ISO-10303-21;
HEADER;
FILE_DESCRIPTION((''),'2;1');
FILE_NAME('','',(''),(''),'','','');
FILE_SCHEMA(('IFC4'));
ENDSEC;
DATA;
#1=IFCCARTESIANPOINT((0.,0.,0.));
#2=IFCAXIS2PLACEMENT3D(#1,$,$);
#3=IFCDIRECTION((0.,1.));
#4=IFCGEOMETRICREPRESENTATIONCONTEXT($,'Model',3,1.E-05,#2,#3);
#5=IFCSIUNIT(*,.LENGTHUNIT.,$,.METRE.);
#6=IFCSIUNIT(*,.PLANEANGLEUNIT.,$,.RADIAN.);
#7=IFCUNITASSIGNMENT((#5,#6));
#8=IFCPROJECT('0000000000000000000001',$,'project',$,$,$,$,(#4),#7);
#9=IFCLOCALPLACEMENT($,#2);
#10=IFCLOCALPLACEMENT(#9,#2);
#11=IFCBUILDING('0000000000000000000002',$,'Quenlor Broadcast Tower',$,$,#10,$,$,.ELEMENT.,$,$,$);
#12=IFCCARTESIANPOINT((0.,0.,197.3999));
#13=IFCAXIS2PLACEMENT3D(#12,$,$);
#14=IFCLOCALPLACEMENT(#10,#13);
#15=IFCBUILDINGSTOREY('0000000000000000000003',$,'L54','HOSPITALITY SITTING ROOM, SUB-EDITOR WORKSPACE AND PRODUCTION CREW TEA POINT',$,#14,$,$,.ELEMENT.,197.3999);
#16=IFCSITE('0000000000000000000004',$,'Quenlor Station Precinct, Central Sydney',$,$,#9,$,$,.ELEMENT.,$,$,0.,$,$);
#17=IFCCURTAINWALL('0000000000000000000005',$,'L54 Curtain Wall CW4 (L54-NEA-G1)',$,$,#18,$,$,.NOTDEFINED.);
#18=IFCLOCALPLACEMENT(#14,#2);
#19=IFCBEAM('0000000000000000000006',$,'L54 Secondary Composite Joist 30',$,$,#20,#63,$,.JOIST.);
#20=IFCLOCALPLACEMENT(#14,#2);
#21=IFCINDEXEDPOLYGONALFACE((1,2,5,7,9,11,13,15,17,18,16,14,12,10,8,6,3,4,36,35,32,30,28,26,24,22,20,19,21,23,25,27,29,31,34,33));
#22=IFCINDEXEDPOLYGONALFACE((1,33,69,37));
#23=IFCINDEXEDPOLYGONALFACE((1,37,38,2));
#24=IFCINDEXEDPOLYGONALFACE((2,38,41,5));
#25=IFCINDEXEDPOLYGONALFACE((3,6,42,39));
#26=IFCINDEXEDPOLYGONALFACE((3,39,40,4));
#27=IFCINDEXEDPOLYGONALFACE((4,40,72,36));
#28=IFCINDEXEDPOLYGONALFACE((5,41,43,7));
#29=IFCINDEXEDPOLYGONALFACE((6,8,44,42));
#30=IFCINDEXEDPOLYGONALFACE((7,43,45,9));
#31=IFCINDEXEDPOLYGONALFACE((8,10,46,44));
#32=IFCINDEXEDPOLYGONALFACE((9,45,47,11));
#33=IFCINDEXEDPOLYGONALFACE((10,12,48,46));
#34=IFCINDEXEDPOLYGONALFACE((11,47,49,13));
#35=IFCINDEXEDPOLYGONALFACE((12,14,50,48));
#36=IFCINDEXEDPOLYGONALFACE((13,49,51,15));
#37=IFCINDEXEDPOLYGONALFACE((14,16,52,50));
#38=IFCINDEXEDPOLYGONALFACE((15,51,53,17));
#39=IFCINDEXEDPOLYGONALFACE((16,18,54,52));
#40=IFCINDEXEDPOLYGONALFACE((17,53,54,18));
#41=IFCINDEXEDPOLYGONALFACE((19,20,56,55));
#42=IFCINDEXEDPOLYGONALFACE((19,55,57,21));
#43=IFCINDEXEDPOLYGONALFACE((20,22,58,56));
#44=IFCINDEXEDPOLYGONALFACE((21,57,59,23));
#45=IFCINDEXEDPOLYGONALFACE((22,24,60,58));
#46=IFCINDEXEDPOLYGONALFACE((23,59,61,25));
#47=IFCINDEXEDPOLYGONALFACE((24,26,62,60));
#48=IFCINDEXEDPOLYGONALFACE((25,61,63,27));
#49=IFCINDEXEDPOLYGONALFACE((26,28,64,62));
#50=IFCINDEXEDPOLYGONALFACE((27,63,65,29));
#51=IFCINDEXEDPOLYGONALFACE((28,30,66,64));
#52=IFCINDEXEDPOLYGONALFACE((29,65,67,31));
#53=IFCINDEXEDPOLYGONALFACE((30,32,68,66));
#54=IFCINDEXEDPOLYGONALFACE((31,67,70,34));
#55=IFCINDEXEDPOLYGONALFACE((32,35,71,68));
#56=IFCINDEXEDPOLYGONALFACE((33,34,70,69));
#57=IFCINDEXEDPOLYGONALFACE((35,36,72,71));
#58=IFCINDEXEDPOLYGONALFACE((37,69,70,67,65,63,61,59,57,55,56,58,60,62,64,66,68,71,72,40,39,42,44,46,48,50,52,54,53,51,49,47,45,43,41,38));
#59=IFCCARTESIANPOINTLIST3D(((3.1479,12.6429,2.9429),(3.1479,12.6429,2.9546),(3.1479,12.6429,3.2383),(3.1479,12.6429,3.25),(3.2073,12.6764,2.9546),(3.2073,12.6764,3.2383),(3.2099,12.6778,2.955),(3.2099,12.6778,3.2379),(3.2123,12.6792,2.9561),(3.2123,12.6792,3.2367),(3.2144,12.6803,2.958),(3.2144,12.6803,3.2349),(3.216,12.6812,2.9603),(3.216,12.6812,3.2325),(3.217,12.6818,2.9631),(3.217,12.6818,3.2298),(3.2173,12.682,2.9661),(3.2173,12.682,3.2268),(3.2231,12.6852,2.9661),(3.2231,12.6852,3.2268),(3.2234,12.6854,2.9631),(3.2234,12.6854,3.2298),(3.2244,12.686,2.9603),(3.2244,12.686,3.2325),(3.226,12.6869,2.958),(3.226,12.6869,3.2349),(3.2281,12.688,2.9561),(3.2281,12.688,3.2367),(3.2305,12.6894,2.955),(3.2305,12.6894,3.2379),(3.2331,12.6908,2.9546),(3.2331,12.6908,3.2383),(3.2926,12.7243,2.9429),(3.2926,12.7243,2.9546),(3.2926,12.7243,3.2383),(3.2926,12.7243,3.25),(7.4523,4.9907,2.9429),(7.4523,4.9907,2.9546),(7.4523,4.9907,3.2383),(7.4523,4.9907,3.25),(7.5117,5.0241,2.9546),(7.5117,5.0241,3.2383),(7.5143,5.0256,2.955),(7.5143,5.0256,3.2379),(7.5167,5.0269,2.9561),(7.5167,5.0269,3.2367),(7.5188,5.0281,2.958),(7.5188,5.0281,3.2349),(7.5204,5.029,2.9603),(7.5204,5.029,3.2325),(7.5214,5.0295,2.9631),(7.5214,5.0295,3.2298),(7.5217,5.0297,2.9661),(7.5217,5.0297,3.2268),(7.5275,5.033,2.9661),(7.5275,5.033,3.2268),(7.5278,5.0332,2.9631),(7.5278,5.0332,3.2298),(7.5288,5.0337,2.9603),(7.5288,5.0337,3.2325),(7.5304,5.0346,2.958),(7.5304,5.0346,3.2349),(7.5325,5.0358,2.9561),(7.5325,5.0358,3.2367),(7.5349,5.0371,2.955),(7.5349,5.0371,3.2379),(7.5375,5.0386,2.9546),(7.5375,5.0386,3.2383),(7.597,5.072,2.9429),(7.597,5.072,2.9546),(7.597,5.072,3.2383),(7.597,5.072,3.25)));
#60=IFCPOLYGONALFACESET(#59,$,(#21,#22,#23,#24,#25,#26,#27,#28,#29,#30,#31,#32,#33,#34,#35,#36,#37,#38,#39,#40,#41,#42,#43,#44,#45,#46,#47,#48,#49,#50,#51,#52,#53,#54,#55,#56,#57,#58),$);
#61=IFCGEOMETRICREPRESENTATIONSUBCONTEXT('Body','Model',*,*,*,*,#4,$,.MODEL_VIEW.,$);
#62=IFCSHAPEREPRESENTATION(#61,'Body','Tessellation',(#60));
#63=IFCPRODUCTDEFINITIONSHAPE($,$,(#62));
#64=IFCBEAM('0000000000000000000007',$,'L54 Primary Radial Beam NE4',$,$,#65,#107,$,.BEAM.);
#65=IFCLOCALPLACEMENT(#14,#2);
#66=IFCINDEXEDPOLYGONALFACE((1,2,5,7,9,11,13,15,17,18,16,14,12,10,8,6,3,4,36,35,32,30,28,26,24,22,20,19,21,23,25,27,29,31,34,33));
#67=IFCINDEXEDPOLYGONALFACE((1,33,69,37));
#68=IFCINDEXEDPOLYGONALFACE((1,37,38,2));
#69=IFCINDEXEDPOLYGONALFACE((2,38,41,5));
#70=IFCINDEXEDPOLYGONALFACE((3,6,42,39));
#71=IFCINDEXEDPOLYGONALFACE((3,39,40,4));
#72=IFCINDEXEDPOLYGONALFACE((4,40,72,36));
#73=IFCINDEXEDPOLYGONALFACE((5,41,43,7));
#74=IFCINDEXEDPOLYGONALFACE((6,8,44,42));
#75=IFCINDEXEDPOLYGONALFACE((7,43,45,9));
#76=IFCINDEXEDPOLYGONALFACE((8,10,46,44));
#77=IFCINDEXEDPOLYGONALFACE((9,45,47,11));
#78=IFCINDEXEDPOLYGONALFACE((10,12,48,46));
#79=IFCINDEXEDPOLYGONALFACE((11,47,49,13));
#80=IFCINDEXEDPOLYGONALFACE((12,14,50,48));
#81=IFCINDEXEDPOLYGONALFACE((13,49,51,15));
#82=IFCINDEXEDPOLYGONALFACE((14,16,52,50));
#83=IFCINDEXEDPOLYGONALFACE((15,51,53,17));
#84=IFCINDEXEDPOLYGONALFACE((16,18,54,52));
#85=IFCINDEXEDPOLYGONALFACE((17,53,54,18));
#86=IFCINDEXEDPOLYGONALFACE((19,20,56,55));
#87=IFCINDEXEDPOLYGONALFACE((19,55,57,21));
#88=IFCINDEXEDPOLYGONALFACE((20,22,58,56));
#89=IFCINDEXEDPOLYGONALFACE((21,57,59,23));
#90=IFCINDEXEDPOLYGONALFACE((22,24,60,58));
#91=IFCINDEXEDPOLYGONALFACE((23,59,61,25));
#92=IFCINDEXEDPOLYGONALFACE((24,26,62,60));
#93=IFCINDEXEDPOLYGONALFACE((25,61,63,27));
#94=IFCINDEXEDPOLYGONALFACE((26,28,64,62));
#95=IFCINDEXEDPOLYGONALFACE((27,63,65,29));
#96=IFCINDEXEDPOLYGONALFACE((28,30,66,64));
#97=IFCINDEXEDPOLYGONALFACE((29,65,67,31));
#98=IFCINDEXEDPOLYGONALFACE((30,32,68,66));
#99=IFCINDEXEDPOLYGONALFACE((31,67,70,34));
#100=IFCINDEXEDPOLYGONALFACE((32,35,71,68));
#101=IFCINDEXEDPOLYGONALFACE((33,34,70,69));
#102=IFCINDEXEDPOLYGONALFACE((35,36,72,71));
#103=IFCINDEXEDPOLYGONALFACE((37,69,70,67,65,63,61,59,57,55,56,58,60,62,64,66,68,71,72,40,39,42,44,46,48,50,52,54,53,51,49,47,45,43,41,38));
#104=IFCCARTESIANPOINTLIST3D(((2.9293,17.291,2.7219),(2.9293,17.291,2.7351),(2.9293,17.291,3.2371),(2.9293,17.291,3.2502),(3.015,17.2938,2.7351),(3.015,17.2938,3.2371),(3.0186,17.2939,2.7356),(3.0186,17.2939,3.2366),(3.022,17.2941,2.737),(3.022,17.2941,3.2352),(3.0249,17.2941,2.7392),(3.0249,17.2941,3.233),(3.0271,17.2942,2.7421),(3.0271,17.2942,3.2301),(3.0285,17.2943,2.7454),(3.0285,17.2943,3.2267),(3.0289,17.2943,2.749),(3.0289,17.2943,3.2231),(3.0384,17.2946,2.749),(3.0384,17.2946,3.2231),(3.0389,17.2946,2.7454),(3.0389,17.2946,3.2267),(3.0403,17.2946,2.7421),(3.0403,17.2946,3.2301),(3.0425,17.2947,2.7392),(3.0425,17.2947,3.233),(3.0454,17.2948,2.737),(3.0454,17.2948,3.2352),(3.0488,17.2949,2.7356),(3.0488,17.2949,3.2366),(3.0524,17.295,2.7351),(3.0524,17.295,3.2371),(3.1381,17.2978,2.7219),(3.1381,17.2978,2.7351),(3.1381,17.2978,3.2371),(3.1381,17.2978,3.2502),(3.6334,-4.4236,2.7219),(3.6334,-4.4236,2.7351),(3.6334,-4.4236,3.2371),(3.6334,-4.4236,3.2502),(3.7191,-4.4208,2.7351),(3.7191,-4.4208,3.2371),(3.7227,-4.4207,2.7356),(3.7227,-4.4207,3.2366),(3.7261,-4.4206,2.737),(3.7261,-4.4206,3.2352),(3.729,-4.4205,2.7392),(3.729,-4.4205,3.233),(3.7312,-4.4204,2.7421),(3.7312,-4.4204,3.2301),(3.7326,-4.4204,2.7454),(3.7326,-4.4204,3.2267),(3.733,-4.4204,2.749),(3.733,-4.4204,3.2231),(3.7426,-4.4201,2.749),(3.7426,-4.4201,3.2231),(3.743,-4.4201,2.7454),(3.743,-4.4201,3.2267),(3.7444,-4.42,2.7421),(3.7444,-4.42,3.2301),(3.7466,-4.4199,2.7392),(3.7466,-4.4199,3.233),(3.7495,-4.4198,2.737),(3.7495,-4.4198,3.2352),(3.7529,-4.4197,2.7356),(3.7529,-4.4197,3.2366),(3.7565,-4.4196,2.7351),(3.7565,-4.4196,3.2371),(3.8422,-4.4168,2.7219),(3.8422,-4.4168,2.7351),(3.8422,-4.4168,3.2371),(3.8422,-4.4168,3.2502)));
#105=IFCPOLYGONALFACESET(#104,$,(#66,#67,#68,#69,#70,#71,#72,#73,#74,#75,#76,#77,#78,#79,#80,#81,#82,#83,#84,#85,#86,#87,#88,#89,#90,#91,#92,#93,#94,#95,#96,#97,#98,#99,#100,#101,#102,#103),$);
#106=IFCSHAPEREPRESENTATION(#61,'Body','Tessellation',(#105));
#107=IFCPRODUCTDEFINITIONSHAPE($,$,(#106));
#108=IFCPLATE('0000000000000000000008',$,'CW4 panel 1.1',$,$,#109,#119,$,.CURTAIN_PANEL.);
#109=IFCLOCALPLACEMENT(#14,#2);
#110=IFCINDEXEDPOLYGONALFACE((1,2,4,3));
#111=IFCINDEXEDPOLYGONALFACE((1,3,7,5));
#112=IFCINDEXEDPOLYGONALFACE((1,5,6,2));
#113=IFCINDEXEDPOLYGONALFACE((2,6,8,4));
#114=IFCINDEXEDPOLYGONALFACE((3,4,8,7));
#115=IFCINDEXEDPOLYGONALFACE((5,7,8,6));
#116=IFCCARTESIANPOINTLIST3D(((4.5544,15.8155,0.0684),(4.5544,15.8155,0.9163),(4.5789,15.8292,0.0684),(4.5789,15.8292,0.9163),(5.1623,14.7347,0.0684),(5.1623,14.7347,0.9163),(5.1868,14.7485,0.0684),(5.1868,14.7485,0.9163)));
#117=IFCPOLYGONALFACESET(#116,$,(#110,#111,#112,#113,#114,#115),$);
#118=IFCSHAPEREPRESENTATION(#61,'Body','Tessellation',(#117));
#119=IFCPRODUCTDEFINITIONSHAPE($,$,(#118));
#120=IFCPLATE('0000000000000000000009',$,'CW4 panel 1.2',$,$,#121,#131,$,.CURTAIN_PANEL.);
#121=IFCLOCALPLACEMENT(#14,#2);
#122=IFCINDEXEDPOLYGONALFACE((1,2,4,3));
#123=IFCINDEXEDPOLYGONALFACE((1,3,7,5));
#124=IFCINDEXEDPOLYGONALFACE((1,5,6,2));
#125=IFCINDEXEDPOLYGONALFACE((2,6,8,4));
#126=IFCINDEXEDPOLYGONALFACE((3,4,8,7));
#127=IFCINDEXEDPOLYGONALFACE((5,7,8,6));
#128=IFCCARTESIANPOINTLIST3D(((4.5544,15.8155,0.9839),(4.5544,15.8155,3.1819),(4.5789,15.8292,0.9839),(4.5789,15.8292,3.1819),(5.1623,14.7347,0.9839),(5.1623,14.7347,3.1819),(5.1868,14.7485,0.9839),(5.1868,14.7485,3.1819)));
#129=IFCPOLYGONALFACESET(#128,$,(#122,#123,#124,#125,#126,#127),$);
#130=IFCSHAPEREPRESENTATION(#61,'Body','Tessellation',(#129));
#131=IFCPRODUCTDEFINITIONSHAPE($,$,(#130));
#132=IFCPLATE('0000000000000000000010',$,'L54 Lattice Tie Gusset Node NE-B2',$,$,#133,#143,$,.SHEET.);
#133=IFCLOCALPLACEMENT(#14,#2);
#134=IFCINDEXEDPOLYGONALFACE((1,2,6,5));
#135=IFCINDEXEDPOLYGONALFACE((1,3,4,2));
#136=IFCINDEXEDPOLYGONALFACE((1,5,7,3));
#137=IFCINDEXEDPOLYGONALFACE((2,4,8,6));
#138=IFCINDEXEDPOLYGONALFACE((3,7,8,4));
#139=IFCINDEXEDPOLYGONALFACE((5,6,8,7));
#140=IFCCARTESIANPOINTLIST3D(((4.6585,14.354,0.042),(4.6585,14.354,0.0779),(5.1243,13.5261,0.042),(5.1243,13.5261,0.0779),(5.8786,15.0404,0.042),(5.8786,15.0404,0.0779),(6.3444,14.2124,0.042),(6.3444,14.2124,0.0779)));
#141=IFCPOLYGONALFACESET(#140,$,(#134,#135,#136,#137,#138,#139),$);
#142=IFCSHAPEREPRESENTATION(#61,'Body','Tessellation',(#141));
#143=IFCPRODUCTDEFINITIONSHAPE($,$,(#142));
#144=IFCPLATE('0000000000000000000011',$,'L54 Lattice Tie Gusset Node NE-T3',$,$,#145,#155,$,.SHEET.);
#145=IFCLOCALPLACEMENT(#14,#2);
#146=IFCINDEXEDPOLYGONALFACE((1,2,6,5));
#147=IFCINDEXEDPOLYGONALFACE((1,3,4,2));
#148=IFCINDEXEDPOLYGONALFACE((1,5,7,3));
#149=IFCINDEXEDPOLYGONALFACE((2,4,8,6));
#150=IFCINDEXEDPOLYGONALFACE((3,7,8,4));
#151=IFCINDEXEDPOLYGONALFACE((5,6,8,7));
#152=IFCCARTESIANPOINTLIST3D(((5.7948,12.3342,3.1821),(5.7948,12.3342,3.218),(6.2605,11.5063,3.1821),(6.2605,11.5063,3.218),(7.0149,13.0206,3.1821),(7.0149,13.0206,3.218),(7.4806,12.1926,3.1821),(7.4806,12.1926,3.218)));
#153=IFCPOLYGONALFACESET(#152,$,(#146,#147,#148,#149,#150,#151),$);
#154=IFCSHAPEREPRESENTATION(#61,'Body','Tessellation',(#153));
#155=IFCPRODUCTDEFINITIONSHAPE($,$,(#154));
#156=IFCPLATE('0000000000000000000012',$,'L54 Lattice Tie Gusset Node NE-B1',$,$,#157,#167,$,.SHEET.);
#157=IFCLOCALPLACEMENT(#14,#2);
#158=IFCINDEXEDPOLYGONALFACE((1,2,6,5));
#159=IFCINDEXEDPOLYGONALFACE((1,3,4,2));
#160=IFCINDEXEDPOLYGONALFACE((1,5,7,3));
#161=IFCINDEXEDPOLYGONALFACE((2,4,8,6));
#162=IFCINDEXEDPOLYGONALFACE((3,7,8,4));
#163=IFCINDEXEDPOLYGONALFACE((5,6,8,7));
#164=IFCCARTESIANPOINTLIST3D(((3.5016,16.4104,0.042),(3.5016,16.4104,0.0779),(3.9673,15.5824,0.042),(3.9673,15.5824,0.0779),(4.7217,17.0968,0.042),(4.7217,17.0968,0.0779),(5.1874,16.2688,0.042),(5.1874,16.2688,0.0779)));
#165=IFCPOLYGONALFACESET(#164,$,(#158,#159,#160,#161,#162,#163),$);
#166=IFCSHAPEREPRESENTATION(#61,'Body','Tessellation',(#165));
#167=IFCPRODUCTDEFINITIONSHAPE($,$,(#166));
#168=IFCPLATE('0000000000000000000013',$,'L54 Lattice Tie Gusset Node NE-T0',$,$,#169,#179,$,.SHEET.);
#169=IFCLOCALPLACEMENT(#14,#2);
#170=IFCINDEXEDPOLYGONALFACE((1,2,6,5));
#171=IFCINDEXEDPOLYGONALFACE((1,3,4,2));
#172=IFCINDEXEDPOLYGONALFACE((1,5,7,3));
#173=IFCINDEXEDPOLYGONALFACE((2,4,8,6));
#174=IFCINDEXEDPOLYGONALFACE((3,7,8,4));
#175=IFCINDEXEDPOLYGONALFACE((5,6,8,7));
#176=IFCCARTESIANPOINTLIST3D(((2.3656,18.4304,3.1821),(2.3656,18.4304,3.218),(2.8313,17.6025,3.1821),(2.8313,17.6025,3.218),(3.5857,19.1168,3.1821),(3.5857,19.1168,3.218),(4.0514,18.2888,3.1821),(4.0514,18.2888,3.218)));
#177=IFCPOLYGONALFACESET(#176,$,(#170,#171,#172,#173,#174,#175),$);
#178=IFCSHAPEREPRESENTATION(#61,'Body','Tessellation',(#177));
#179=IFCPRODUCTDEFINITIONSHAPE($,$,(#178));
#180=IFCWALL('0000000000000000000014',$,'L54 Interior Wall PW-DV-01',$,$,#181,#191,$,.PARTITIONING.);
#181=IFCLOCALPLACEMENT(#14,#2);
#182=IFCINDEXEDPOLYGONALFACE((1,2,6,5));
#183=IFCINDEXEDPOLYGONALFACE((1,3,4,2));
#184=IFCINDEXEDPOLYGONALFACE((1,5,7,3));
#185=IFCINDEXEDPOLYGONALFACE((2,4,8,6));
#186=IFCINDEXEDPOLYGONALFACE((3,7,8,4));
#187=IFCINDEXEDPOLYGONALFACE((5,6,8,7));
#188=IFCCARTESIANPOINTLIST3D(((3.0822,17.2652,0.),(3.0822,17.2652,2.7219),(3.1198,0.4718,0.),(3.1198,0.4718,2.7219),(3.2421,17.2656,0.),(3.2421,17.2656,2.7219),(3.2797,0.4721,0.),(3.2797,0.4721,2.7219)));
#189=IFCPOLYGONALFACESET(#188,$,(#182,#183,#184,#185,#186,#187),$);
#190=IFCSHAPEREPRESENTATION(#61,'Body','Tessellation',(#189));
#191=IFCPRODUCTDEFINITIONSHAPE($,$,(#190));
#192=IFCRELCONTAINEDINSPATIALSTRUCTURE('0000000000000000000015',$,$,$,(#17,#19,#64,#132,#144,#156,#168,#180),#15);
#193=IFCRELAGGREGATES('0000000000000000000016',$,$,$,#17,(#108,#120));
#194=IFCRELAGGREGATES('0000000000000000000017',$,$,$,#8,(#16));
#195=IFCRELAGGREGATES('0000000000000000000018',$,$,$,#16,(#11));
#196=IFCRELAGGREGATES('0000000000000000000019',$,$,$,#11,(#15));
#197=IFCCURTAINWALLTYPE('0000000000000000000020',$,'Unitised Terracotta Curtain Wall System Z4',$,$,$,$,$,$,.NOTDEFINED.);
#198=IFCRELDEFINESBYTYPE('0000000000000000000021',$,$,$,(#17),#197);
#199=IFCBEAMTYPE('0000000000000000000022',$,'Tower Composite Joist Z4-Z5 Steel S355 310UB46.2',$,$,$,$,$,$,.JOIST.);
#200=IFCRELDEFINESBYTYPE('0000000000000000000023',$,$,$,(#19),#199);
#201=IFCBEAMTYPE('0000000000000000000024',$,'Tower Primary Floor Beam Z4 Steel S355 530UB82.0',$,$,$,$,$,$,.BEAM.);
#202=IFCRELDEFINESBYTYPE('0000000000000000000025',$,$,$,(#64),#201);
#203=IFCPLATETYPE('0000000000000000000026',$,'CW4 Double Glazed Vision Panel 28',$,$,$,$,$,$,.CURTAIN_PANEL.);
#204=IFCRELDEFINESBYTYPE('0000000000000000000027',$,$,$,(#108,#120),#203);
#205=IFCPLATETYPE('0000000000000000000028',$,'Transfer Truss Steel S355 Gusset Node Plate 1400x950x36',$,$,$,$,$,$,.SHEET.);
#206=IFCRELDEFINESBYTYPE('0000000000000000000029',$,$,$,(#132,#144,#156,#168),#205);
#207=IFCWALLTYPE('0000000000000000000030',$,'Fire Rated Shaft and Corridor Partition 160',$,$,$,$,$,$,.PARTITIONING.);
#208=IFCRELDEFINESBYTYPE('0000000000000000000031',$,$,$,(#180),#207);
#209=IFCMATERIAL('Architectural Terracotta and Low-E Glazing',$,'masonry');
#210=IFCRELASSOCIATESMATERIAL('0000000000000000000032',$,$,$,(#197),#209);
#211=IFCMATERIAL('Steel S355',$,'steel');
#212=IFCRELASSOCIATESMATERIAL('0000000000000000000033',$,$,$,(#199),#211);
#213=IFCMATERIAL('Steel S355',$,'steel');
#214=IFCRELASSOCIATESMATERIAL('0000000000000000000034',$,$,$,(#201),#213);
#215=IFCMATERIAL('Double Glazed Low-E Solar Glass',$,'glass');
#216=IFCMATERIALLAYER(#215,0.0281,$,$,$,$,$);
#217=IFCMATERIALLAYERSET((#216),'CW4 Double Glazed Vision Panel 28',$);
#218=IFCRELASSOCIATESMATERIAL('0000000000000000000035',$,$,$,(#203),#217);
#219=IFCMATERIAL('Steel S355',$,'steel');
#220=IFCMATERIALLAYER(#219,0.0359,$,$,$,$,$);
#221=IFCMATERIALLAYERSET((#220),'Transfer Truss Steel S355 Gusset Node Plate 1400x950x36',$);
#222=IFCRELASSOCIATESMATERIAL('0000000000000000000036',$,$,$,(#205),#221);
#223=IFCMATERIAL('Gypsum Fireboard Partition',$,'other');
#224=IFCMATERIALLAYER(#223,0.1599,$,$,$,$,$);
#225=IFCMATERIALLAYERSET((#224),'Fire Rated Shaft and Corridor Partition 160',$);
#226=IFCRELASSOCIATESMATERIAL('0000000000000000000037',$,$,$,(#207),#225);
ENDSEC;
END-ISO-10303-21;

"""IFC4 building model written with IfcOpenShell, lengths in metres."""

from ifc_helpers import new_model, si_unit, direction, frame, frame_2d, origin, origin_2d, place, context, subcontext, project, spatial, rectangle, i_section, extrude, material, layer, layer_set, material_profile, profile_set, type_object, element, aggregate, save


model = new_model("IFC4")

# Units and contexts
model_context = context("Model", 3, precision=1e-05, world=origin(), true_north=direction((0.0, 1.0)))
body_context = subcontext(model_context, "Body", "Model", "MODEL_VIEW")
ifc_project = project(units=[si_unit("LENGTHUNIT", "METRE"), si_unit("PLANEANGLEUNIT", "RADIAN")], contexts=[model_context])

# Site, building, storey
site_placement = place(None, origin())
site = spatial("IfcSite", under=ifc_project, at=site_placement, Name="Quenlor Station Precinct, Central Sydney", CompositionType="ELEMENT", RefElevation=0.0)
building_placement = place(site_placement, origin())
building = spatial("IfcBuilding", under=site, at=building_placement, Name="Quenlor Broadcast Tower", CompositionType="ELEMENT")
storey_placement = place(building_placement, frame((0.0, 0.0, 197.3999)))
storey = spatial("IfcBuildingStorey", under=building, at=storey_placement, Name="L54", Description="HOSPITALITY SITTING ROOM, SUB-EDITOR WORKSPACE AND PRODUCTION CREW TEA POINT", CompositionType="ELEMENT", Elevation=197.3999)

# Curtain wall
ifc_material_1 = material(Name="Architectural Terracotta and Low-E Glazing", Category="masonry")
curtain_wall_type = type_object("IfcCurtainWallType", Name="Unitised Terracotta Curtain Wall System Z4", PredefinedType="NOTDEFINED", material=ifc_material_1)
curtain_wall_placement = place(storey_placement, origin())
curtain_wall = element("IfcCurtainWall", 1, at=curtain_wall_placement, inside=storey, type_object=curtain_wall_type, Name="L54 Curtain Wall CW4 (L54-NEA-G1)", PredefinedType="NOTDEFINED")

# Beams
ifc_material_2 = material(Name="Steel S355", Category="steel")
ifc_material_profile_1 = material_profile(ifc_material_2, i_section(OverallWidth=0.166, OverallDepth=0.3071, WebThickness=0.0066, FlangeThickness=0.0117, FilletRadius=0.0115, at=origin_2d()))
ifc_profile_set_1 = profile_set([ifc_material_profile_1], Name="Steel S355 310UB46.2")
beam_type_1 = type_object("IfcBeamType", Name="Tower Composite Joist Z4-Z5 Steel S355 310UB46.2", PredefinedType="JOIST", material=ifc_profile_set_1)
beam_1_placement = place(storey_placement, frame((3.2202, 12.6836, 3.0964), z_axis=(0.490261, -0.871576, 0.0), x_axis=(0.871576, 0.490261, 0.0)))
element("IfcBeam", 2, at=beam_1_placement, inside=storey, type_object=beam_type_1, Name="L54 Secondary Composite Joist 30", PredefinedType="JOIST", context=body_context, shape_type="SweptSolid", body=[
    extrude(i_section(OverallWidth=0.166, OverallDepth=0.3071, WebThickness=0.0066, FlangeThickness=0.0117, FilletRadius=0.0115, at=origin_2d()), origin(), (0.0, 0.0, 1.0), 8.7798),
])
ifc_material_3 = material(Name="Steel S355", Category="steel")
ifc_material_profile_2 = material_profile(ifc_material_3, i_section(OverallWidth=0.209, OverallDepth=0.5283, WebThickness=0.0095, FlangeThickness=0.0132, FilletRadius=0.0139, at=origin_2d()))
ifc_profile_set_2 = profile_set([ifc_material_profile_2], Name="Steel S355 530UB82.0")
beam_type_2 = type_object("IfcBeamType", Name="Tower Primary Floor Beam Z4 Steel S355 530UB82.0", PredefinedType="BEAM", material=ifc_profile_set_2)
beam_2_placement = place(storey_placement, frame((3.0337, 17.2944, 2.9861), z_axis=(0.032408, -0.999475, 0.0), x_axis=(0.999475, 0.032408, 0.0)))
element("IfcBeam", 3, at=beam_2_placement, inside=storey, type_object=beam_type_2, Name="L54 Primary Radial Beam NE4", PredefinedType="BEAM", context=body_context, shape_type="SweptSolid", body=[
    extrude(i_section(OverallWidth=0.209, OverallDepth=0.5283, WebThickness=0.0095, FlangeThickness=0.0132, FilletRadius=0.0139, at=origin_2d()), origin(), (0.0, 0.0, 1.0), 21.7261),
])

# Plates
ifc_material_4 = material(Name="Double Glazed Low-E Solar Glass", Category="glass")
ifc_layer_1 = layer(ifc_material_4, 0.0281)
ifc_layer_set_1 = layer_set([ifc_layer_1], Name="CW4 Double Glazed Vision Panel 28")
plate_type_1 = type_object("IfcPlateType", Name="CW4 Double Glazed Vision Panel 28", PredefinedType="CURTAIN_PANEL", material=ifc_layer_set_1)
plate_1_placement = place(storey_placement, frame((4.8706, 15.282, 0.0684), z_axis=(0.0, 0.0, 1.0), x_axis=(0.490289, -0.87156, 0.0)))
plate_1 = element("IfcPlate", 4, at=plate_1_placement, type_object=plate_type_1, Name="CW4 panel 1.1", PredefinedType="CURTAIN_PANEL", context=body_context, shape_type="SweptSolid", body=[
    extrude(rectangle(XDim=1.24, YDim=0.0281, at=origin_2d()), origin(), (0.0, 0.0, 1.0), 0.8479),
])
plate_2_placement = place(storey_placement, frame((4.8706, 15.282, 0.9839), z_axis=(0.0, 0.0, 1.0), x_axis=(0.490289, -0.87156, 0.0)))
plate_2 = element("IfcPlate", 5, at=plate_2_placement, type_object=plate_type_1, Name="CW4 panel 1.2", PredefinedType="CURTAIN_PANEL", context=body_context, shape_type="SweptSolid", body=[
    extrude(rectangle(XDim=1.24, YDim=0.0281, at=origin_2d()), origin(), (0.0, 0.0, 1.0), 2.198),
])
aggregate(curtain_wall, [plate_1, plate_2])

# Plates
ifc_material_5 = material(Name="Steel S355", Category="steel")
ifc_layer_2 = layer(ifc_material_5, 0.0359)
ifc_layer_set_2 = layer_set([ifc_layer_2], Name="Transfer Truss Steel S355 Gusset Node Plate 1400x950x36")
plate_type_2 = type_object("IfcPlateType", Name="Transfer Truss Steel S355 Gusset Node Plate 1400x950x36", PredefinedType="SHEET", material=ifc_layer_set_2)
for number, where, z_axis, x_axis, name in (
    (6, (5.5015, 14.2832, 0.042), (0.0, 0.0, 1.0), (0.871556, 0.490295, 0.0), "L54 Lattice Tie Gusset Node NE-B2"),
    (7, (6.6377, 12.2634, 3.1821), (0.0, 0.0, 1.0), (0.871556, 0.490295, 0.0), "L54 Lattice Tie Gusset Node NE-T3"),
    (8, (4.3445, 16.3396, 0.042), (0.0, 0.0, 1.0), (0.871556, 0.490295, 0.0), "L54 Lattice Tie Gusset Node NE-B1"),
    (9, (3.2085, 18.3596, 3.1821), (0.0, 0.0, 1.0), (0.871556, 0.490295, 0.0), "L54 Lattice Tie Gusset Node NE-T0"),
):
    element("IfcPlate", number, at=place(storey_placement, frame(where, z_axis=z_axis, x_axis=x_axis)), inside=storey, type_object=plate_type_2, Name=name, PredefinedType="SHEET", context=body_context, shape_type="SweptSolid", body=[
        extrude(rectangle(XDim=1.3999, YDim=0.95, at=origin_2d()), origin(), (0.0, 0.0, 1.0), 0.0359),
    ])

# Wall
ifc_material_6 = material(Name="Gypsum Fireboard Partition", Category="other")
ifc_layer_3 = layer(ifc_material_6, 0.1599)
ifc_layer_set_3 = layer_set([ifc_layer_3], Name="Fire Rated Shaft and Corridor Partition 160")
wall_type_1 = type_object("IfcWallType", Name="Fire Rated Shaft and Corridor Partition 160", PredefinedType="PARTITIONING", material=ifc_layer_set_3)
wall_1_placement = place(storey_placement, frame((3.1621, 17.2654, 0.0), z_axis=(0.0, 0.0, 1.0), x_axis=(0.002239, -0.999997, 0.0)))
element("IfcWall", 10, at=wall_1_placement, inside=storey, type_object=wall_type_1, Name="L54 Interior Wall PW-DV-01", PredefinedType="PARTITIONING", context=body_context, shape_type="SweptSolid", body=[
    extrude(rectangle(XDim=16.7935, YDim=0.1599, at=frame_2d((8.3967, 0.0))), origin(), (0.0, 0.0, 1.0), 2.7219),
])

save(model, "model.ifc")
